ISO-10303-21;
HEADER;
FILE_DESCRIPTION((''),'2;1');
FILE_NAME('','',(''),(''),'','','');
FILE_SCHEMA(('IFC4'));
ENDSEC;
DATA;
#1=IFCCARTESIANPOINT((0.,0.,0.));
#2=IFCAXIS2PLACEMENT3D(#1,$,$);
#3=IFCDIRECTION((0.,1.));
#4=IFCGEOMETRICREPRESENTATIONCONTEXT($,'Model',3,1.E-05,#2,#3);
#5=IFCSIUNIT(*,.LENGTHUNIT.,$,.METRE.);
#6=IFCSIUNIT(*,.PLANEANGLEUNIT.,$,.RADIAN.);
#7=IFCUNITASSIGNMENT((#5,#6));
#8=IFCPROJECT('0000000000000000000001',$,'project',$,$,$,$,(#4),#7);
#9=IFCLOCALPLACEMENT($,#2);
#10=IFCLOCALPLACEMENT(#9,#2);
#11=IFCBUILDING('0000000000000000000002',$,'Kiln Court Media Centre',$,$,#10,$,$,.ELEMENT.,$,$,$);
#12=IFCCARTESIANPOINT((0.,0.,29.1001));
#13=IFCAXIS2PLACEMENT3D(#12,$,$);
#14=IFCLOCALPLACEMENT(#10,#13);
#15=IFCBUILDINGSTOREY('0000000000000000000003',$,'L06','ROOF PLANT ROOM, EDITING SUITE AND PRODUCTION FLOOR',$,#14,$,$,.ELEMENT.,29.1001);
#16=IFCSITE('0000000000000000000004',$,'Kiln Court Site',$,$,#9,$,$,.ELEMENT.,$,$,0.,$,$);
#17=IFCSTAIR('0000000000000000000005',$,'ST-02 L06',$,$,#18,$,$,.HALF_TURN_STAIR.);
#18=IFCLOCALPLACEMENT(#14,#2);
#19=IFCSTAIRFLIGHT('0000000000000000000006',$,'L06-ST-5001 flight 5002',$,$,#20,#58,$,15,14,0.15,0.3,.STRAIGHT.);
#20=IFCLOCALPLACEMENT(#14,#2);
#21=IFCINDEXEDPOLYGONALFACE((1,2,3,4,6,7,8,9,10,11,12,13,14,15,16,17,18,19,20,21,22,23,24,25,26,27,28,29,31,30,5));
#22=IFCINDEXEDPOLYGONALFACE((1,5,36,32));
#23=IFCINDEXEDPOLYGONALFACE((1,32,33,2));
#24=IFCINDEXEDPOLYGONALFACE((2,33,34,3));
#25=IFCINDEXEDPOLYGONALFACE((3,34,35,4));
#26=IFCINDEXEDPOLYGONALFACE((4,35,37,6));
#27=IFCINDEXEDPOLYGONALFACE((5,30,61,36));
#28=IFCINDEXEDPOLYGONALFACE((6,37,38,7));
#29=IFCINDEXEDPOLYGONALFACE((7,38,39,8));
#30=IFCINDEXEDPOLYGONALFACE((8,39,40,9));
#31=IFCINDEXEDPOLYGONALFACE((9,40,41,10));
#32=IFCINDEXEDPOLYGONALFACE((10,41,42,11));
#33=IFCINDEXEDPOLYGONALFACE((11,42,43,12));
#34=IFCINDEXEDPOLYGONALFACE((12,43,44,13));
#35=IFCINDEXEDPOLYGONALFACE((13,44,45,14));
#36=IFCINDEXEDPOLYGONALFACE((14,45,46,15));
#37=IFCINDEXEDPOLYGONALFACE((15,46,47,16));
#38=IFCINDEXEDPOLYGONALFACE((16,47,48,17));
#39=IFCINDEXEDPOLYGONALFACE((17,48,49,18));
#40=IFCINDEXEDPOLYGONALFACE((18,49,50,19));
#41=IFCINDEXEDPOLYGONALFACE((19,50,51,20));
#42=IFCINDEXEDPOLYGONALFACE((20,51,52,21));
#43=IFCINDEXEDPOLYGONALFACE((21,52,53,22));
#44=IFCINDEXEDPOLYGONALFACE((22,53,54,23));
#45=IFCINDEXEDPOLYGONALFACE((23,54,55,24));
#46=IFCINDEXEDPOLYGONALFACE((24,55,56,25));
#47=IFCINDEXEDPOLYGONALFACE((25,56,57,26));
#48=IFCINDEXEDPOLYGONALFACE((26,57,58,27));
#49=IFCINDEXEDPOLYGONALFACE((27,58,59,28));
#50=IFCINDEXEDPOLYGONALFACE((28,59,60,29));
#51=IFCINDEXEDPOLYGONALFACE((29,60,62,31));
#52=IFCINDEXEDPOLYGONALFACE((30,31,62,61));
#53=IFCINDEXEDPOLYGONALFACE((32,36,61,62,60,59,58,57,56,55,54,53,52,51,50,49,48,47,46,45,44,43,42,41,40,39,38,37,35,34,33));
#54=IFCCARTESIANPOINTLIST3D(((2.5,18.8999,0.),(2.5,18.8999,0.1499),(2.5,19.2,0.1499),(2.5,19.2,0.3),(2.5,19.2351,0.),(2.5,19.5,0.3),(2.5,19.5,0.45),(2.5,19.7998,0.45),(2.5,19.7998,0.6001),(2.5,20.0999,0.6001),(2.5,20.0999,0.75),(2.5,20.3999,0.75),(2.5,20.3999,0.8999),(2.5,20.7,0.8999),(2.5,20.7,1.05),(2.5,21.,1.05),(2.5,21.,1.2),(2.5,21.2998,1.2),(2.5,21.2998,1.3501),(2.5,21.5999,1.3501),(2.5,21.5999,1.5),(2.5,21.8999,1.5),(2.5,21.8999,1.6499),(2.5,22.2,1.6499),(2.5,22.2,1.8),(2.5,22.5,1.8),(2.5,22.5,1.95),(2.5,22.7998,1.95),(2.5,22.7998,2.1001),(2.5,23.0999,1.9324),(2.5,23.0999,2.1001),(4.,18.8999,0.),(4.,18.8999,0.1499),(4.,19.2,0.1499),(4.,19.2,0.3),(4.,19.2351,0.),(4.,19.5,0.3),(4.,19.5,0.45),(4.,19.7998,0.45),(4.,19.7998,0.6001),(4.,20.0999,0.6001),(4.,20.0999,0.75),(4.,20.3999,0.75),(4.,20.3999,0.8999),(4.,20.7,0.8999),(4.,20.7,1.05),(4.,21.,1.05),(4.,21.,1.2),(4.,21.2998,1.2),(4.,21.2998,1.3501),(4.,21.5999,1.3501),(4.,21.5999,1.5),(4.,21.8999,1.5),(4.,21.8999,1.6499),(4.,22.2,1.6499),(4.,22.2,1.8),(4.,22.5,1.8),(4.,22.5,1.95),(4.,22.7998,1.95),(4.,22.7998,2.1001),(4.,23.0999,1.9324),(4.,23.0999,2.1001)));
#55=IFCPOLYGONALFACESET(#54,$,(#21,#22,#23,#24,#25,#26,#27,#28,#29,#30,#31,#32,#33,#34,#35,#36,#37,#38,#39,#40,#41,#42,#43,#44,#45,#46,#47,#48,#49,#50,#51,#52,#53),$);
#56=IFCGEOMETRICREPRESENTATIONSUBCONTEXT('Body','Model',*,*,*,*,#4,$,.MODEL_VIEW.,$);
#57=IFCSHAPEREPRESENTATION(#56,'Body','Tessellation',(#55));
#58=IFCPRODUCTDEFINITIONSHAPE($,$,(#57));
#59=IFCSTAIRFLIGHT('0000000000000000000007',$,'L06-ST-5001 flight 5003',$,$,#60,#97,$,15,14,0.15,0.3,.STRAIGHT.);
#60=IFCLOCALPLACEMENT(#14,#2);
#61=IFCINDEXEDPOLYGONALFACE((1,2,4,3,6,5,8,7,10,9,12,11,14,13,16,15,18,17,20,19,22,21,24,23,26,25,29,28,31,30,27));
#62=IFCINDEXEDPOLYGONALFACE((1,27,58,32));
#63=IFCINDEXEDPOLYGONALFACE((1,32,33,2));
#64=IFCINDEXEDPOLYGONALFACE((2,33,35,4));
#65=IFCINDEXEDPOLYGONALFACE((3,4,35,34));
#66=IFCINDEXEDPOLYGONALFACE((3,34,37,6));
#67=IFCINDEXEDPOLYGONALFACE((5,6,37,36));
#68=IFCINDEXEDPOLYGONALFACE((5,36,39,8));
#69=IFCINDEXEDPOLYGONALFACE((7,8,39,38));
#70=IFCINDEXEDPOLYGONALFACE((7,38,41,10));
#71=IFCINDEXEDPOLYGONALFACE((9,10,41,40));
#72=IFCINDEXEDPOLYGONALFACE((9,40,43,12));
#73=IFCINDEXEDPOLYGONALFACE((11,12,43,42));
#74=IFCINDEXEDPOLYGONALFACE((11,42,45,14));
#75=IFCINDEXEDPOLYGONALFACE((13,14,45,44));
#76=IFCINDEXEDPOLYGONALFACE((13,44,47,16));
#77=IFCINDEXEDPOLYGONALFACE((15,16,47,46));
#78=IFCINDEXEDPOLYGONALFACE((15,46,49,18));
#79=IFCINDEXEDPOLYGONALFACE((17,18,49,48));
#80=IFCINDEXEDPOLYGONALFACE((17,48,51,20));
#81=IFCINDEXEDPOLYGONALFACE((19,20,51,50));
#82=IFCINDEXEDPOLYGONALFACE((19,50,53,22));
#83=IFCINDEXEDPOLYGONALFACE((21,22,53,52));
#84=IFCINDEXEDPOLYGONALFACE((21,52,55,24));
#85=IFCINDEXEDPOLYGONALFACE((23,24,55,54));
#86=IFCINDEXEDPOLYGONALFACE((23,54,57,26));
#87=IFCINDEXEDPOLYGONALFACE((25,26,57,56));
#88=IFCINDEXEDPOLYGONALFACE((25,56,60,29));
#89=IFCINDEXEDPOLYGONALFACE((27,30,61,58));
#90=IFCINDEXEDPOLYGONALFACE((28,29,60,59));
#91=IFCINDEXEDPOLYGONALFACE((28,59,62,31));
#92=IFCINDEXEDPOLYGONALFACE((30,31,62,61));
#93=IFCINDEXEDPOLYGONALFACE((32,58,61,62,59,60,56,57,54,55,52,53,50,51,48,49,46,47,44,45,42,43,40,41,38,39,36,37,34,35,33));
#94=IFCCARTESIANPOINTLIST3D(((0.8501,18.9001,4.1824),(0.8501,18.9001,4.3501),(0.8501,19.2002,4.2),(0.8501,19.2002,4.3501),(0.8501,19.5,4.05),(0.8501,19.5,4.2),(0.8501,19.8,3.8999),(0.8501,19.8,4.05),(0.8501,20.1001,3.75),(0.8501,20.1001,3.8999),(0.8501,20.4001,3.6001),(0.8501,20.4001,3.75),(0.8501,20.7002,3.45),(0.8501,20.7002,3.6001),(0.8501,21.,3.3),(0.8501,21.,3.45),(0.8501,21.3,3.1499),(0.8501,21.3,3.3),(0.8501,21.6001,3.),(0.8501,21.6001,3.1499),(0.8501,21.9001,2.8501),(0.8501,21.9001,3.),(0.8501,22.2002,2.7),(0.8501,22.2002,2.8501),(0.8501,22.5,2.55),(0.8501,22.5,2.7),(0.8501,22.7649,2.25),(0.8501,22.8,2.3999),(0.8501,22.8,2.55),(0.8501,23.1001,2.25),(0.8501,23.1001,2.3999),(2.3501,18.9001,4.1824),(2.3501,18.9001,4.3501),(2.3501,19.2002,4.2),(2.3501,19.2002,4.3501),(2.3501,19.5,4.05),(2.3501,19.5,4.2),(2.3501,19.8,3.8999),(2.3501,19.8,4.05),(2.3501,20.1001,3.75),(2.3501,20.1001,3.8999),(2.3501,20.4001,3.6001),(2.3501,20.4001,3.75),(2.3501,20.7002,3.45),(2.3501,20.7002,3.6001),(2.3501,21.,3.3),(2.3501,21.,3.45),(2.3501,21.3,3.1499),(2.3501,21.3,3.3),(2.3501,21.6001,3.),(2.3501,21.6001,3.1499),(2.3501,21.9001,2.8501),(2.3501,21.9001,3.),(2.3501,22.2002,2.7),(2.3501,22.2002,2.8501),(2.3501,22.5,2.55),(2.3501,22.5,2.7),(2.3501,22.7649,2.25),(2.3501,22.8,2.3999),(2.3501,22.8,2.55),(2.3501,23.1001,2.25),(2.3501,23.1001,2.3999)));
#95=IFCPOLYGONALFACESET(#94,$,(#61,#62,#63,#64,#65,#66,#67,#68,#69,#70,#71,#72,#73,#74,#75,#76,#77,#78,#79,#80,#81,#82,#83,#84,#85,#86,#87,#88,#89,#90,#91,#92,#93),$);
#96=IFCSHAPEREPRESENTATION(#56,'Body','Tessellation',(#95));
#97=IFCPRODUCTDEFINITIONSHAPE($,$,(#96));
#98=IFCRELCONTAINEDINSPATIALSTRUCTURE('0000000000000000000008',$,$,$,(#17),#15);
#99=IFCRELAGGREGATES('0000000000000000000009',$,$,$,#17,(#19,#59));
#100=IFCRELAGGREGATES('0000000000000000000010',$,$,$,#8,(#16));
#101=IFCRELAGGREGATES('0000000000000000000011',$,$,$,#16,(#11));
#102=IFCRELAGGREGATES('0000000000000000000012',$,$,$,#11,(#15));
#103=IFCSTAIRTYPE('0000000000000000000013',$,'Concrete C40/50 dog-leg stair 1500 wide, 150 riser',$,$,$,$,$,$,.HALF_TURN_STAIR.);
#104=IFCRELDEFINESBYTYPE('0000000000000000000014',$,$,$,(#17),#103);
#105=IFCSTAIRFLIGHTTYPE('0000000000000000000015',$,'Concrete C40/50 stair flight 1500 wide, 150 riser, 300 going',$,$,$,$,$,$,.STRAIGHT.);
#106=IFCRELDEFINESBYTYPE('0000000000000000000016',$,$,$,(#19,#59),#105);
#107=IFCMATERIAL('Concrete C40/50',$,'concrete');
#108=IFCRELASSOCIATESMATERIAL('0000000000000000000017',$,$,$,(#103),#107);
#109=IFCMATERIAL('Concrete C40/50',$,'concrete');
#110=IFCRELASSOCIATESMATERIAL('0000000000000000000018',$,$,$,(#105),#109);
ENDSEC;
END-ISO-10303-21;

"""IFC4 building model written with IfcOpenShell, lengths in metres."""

from ifc_helpers import new_model, si_unit, direction, frame, origin, place, context, subcontext, project, spatial, polyline, outline, extrude, material, type_object, element, aggregate, save


model = new_model("IFC4")

# Units and contexts
model_context = context("Model", 3, precision=1e-05, world=origin(), true_north=direction((0.0, 1.0)))
body_context = subcontext(model_context, "Body", "Model", "MODEL_VIEW")
ifc_project = project(units=[si_unit("LENGTHUNIT", "METRE"), si_unit("PLANEANGLEUNIT", "RADIAN")], contexts=[model_context])

# Site, building, storey
site_placement = place(None, origin())
site = spatial("IfcSite", under=ifc_project, at=site_placement, Name="Kiln Court Site", CompositionType="ELEMENT", RefElevation=0.0)
building_placement = place(site_placement, origin())
building = spatial("IfcBuilding", under=site, at=building_placement, Name="Kiln Court Media Centre", CompositionType="ELEMENT")
storey_placement = place(building_placement, frame((0.0, 0.0, 29.1001)))
storey = spatial("IfcBuildingStorey", under=building, at=storey_placement, Name="L06", Description="ROOF PLANT ROOM, EDITING SUITE AND PRODUCTION FLOOR", CompositionType="ELEMENT", Elevation=29.1001)

# Stair, stair flights
ifc_material_1 = material(Name="Concrete C40/50", Category="concrete")
stair_type = type_object("IfcStairType", Name="Concrete C40/50 dog-leg stair 1500 wide, 150 riser", PredefinedType="HALF_TURN_STAIR", material=ifc_material_1)
stair_placement = place(storey_placement, origin())
stair = element("IfcStair", 1, at=stair_placement, inside=storey, type_object=stair_type, Name="ST-02 L06", PredefinedType="HALF_TURN_STAIR")
ifc_material_2 = material(Name="Concrete C40/50", Category="concrete")
stair_flight_type = type_object("IfcStairFlightType", Name="Concrete C40/50 stair flight 1500 wide, 150 riser, 300 going", PredefinedType="STRAIGHT", material=ifc_material_2)
stair_flight_1_placement = place(storey_placement, frame((3.25, 18.8999, 0.0), z_axis=(0.0, 0.0, 1.0), x_axis=(0.0, 1.0, 0.0)))
stair_flight_1 = element("IfcStairFlight", 2, at=stair_flight_1_placement, type_object=stair_flight_type, Name="L06-ST-5001 flight 5002", NumberOfRisers=15, NumberOfTreads=14, PredefinedType="STRAIGHT", RiserHeight=0.15, TreadLength=0.3, context=body_context, shape_type="SweptSolid", body=[
    extrude(outline(polyline([(0.0, 0.0), (0.0, 0.1499), (0.3, 0.1499), (0.3, 0.3), (0.6001, 0.3), (0.6001, 0.45), (0.8999, 0.45), (0.8999, 0.6001), (1.2, 0.6001), (1.2, 0.75), (1.5, 0.75), (1.5, 0.8999), (1.8, 0.8999), (1.8, 1.05), (2.1001, 1.05), (2.1001, 1.2), (2.3999, 1.2), (2.3999, 1.3501), (2.7, 1.3501), (2.7, 1.5), (3.0, 1.5), (3.0, 1.6499), (3.3, 1.6499), (3.3, 1.8), (3.6001, 1.8), (3.6001, 1.95), (3.8999, 1.95), (3.8999, 2.1001), (4.2, 2.1001), (4.2, 2.25), (4.2, 1.9324), (0.3352, 0.0), (0.0, 0.0)])), frame((0.0, 0.75, 0.0), z_axis=(0.0, -1.0, 0.0), x_axis=(1.0, 0.0, 0.0)), (0.0, 0.0, 1.0), 1.5),
])
stair_flight_2_placement = place(storey_placement, frame((1.6001, 23.1001, 2.25), z_axis=(0.0, 0.0, 1.0), x_axis=(0.0, -1.0, 0.0)))
stair_flight_2 = element("IfcStairFlight", 3, at=stair_flight_2_placement, type_object=stair_flight_type, Name="L06-ST-5001 flight 5003", NumberOfRisers=15, NumberOfTreads=14, PredefinedType="STRAIGHT", RiserHeight=0.15, TreadLength=0.3, context=body_context, shape_type="SweptSolid", body=[
    extrude(outline(polyline([(0.0, 0.0), (0.0, 0.1499), (0.3, 0.1499), (0.3, 0.3), (0.6001, 0.3), (0.6001, 0.45), (0.8999, 0.45), (0.8999, 0.6001), (1.2, 0.6001), (1.2, 0.75), (1.5, 0.75), (1.5, 0.8999), (1.8, 0.8999), (1.8, 1.05), (2.1001, 1.05), (2.1001, 1.2), (2.3999, 1.2), (2.3999, 1.3501), (2.7, 1.3501), (2.7, 1.5), (3.0, 1.5), (3.0, 1.6499), (3.3, 1.6499), (3.3, 1.8), (3.6001, 1.8), (3.6001, 1.95), (3.8999, 1.95), (3.8999, 2.1001), (4.2, 2.1001), (4.2, 2.25), (4.2, 1.9324), (0.3352, 0.0), (0.0, 0.0)])), frame((0.0, 0.75, 0.0), z_axis=(0.0, -1.0, 0.0), x_axis=(1.0, 0.0, 0.0)), (0.0, 0.0, 1.0), 1.5),
])
aggregate(stair, [stair_flight_1, stair_flight_2])

save(model, "model.ifc")
